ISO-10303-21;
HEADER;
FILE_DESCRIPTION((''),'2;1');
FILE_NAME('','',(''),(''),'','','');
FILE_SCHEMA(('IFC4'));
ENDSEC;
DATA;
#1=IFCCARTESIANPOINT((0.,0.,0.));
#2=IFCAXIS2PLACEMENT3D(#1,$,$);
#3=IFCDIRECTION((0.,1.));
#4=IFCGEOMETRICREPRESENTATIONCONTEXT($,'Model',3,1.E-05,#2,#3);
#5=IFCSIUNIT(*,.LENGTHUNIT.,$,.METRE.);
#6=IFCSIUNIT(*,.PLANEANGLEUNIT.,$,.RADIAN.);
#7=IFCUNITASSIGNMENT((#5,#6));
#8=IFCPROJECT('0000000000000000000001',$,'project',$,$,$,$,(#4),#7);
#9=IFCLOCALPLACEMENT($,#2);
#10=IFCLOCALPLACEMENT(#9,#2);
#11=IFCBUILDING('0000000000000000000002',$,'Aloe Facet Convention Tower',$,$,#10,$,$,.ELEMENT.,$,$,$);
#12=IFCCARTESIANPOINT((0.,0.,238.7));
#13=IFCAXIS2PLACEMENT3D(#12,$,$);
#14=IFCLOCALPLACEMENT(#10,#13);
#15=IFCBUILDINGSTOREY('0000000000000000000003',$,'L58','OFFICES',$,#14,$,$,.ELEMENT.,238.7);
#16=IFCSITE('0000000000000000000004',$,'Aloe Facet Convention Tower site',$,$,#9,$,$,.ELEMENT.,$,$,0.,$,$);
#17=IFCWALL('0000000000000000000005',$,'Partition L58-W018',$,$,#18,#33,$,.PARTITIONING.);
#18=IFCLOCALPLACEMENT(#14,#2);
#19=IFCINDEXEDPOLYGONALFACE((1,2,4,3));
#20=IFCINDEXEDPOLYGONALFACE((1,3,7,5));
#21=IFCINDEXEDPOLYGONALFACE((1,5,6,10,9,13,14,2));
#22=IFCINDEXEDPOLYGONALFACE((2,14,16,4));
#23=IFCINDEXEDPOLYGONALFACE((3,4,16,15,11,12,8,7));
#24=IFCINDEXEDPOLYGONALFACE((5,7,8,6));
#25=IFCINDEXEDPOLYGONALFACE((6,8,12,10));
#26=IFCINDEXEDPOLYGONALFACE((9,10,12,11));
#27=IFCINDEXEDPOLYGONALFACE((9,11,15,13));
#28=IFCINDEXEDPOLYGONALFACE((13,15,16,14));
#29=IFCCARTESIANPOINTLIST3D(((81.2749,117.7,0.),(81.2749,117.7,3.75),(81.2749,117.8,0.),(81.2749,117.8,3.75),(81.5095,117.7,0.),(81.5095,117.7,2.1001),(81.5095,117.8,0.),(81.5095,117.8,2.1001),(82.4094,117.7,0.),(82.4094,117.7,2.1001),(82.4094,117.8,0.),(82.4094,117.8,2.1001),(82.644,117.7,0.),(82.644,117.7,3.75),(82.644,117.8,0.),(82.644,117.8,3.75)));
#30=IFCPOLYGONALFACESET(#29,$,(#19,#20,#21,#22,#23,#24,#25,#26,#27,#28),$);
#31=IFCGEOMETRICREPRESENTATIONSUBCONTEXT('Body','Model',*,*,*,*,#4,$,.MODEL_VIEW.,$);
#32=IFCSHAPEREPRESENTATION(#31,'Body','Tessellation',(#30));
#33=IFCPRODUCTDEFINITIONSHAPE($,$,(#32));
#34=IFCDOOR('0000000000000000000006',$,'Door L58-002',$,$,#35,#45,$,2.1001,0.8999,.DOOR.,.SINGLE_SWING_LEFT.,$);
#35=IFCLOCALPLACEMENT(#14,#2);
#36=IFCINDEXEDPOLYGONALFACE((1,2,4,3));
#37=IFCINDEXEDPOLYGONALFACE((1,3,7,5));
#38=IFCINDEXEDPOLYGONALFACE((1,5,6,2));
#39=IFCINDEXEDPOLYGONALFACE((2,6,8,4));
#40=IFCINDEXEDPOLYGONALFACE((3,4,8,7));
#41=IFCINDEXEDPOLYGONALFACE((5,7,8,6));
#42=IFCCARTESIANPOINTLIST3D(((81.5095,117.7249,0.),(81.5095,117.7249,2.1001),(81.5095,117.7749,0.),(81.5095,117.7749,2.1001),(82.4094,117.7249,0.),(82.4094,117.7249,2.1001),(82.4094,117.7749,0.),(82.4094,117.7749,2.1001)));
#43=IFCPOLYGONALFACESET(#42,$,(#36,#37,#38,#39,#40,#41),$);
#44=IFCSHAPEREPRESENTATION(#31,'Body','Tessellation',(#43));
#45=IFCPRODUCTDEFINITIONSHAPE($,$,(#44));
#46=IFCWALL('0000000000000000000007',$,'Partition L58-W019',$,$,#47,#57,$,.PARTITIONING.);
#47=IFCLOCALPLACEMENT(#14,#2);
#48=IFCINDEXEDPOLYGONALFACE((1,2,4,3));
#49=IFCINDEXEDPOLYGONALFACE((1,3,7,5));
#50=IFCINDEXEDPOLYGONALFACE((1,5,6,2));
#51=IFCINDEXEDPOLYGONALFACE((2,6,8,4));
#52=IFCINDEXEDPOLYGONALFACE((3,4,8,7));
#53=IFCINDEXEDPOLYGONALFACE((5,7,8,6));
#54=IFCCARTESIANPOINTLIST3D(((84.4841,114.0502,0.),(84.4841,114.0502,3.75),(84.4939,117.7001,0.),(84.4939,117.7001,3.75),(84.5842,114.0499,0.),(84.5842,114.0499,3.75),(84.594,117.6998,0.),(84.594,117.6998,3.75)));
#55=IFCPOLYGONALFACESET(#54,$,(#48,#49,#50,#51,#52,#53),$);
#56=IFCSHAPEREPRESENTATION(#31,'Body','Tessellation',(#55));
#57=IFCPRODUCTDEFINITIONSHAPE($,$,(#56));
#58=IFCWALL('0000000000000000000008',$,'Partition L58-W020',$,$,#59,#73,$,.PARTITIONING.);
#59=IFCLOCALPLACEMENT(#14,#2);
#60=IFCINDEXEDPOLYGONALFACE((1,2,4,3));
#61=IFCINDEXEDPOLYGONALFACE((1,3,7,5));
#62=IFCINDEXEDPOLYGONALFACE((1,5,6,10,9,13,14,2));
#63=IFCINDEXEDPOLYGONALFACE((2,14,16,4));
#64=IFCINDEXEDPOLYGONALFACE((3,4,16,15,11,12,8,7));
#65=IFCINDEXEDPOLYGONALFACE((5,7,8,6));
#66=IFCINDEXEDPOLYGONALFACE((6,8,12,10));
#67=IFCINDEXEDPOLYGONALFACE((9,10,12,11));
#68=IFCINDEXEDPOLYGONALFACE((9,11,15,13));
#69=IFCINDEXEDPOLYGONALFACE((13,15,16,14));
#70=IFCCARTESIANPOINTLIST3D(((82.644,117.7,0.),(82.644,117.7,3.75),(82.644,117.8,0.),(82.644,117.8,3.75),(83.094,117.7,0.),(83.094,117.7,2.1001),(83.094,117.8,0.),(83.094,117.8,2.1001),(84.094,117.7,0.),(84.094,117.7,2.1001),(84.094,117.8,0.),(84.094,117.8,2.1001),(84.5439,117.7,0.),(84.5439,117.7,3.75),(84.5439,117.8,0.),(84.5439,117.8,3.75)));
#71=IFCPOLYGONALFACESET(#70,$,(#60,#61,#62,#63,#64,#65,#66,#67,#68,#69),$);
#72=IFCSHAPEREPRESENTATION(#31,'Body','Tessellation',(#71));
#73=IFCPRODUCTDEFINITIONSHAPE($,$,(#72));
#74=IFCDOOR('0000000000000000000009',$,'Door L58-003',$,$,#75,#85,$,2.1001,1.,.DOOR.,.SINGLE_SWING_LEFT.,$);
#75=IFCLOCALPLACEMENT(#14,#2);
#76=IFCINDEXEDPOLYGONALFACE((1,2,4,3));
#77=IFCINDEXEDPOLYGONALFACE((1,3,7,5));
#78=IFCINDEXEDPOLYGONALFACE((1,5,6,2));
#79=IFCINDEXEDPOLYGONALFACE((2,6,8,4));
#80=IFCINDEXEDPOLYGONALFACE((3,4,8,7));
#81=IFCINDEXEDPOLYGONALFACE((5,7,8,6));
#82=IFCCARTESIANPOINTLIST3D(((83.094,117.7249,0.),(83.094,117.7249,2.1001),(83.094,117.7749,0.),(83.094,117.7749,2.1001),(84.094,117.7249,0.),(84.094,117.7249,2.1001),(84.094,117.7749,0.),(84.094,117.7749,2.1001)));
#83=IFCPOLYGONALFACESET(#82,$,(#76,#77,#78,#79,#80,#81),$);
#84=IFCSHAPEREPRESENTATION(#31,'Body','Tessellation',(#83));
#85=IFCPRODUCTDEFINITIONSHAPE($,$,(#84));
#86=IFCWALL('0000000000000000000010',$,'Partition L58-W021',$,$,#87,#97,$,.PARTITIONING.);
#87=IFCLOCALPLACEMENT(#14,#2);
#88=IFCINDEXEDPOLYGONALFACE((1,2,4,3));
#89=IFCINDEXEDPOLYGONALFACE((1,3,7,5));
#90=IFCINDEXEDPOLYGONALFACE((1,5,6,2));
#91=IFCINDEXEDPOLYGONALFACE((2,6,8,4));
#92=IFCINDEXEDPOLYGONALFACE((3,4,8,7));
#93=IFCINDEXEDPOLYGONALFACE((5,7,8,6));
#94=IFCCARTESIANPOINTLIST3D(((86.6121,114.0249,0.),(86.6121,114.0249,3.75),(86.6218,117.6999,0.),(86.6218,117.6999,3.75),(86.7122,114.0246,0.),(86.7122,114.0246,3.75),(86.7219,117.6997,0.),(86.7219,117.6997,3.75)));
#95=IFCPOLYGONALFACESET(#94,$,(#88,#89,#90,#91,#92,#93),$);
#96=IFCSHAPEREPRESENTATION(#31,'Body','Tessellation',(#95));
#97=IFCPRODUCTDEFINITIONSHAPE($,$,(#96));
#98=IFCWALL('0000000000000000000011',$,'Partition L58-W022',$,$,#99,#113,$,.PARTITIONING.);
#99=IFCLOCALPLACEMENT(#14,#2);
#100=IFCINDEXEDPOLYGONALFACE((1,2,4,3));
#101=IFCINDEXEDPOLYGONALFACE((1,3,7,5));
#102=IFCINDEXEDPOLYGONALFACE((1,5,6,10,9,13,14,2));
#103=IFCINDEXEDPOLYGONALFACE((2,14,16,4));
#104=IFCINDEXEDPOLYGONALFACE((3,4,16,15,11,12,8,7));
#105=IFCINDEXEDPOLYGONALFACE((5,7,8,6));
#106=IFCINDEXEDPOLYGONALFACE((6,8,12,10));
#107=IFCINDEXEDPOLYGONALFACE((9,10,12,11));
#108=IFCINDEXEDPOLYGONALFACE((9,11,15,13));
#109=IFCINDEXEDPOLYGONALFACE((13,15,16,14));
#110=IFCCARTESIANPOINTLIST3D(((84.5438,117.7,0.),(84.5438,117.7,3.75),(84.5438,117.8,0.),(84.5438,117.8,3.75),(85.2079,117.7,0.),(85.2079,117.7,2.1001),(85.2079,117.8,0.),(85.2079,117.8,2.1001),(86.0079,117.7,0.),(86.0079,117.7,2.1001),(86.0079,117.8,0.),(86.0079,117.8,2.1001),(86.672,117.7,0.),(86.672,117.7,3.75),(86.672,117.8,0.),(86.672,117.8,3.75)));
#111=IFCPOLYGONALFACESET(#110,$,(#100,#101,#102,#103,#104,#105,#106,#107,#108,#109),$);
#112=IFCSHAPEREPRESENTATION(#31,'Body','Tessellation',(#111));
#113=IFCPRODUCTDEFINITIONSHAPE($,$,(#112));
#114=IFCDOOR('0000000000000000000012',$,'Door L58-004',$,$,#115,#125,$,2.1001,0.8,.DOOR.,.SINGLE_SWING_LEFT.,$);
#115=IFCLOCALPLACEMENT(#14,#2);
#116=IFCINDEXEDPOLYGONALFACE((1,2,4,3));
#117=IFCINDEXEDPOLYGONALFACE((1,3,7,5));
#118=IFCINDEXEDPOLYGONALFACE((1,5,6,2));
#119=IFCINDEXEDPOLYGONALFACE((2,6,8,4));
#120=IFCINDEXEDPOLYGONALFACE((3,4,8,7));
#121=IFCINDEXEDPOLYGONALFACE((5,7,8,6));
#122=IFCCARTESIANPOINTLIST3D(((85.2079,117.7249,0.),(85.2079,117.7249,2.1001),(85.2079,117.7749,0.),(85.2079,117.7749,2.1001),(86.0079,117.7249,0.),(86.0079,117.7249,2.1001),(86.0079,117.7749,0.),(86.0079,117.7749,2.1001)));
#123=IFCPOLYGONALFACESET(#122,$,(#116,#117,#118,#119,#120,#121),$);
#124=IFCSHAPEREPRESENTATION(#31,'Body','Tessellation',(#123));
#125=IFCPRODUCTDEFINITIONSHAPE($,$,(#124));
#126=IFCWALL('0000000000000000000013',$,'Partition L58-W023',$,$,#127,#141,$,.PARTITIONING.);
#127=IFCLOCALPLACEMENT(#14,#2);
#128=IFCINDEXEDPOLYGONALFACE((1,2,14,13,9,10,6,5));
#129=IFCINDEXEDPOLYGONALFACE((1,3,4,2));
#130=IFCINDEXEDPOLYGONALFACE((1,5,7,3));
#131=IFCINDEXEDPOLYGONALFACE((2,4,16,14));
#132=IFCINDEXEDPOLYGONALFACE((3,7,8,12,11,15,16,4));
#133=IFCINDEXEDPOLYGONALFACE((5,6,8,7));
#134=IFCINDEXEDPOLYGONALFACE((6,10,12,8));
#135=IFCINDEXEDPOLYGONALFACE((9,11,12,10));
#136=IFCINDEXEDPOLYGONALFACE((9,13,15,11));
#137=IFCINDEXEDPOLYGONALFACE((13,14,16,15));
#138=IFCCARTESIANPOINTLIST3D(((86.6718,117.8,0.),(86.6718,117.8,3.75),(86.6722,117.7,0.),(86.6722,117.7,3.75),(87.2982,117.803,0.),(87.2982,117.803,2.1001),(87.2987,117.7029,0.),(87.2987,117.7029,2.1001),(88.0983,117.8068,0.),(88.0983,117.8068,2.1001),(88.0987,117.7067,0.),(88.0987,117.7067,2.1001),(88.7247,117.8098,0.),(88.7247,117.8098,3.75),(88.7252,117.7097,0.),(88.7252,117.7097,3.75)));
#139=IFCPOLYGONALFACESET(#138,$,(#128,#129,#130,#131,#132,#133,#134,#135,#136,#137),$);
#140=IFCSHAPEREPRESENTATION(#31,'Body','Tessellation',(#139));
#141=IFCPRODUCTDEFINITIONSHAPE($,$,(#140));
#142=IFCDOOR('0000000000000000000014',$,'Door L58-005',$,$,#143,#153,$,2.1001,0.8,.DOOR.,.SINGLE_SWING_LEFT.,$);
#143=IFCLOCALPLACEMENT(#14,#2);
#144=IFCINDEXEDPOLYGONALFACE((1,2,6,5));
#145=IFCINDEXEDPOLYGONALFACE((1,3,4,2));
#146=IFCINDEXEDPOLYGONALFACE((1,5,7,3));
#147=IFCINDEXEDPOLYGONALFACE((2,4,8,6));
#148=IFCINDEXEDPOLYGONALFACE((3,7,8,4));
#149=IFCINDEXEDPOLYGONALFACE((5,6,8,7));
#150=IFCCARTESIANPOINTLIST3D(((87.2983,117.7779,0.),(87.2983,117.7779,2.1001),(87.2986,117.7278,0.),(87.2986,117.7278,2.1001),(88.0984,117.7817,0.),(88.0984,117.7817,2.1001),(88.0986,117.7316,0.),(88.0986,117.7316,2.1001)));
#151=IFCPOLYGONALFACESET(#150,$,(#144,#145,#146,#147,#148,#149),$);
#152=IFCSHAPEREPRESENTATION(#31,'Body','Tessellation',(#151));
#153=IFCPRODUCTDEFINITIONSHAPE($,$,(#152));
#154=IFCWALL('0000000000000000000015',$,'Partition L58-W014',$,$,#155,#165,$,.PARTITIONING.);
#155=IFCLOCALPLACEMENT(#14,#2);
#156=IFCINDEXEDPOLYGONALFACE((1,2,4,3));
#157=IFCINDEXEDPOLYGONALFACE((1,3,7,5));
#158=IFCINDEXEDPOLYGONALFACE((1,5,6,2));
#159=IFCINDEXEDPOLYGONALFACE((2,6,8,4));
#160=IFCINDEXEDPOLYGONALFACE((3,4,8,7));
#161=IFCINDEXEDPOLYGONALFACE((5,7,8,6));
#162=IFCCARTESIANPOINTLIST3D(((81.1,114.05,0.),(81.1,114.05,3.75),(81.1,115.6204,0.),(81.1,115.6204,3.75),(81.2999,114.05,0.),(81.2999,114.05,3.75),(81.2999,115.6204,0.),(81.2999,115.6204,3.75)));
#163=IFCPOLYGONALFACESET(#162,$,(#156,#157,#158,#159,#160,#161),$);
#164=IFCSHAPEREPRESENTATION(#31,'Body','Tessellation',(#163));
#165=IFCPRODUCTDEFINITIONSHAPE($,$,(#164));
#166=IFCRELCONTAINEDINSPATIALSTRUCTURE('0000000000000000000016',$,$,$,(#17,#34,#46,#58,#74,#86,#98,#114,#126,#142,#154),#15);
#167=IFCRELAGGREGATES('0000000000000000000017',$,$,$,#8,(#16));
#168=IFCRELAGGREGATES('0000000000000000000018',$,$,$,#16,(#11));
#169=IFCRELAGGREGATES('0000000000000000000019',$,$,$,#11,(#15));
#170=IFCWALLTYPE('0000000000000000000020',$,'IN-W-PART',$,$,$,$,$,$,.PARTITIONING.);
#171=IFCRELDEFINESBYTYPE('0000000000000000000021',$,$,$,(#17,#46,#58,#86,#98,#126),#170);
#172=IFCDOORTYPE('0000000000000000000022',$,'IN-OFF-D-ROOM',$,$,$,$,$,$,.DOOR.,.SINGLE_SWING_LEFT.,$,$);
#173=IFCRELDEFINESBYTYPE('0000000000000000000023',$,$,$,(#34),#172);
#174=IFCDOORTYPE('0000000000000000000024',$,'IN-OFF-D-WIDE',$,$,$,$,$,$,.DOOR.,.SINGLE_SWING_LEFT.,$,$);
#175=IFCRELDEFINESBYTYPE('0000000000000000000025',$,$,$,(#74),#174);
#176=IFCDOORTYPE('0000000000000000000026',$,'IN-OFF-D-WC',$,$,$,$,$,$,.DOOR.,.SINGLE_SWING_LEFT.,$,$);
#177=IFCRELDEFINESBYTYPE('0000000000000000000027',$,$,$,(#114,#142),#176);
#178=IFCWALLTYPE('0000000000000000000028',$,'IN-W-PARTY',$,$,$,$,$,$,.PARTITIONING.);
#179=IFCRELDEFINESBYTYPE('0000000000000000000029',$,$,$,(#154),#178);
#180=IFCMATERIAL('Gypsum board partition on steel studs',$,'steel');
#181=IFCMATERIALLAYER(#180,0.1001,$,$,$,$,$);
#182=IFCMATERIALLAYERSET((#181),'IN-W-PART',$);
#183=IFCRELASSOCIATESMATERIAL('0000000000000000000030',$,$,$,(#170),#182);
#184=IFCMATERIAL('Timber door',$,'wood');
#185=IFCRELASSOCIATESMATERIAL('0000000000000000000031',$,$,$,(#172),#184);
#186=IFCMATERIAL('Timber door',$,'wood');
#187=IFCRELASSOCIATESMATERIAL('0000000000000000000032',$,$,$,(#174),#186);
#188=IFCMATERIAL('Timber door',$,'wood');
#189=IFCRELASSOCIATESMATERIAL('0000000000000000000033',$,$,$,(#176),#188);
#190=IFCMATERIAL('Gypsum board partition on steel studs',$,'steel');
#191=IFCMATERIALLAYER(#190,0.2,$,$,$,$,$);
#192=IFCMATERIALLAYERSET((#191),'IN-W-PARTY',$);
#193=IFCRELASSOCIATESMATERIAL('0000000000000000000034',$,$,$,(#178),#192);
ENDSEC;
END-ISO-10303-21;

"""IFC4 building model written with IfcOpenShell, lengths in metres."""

from ifc_helpers import new_model, si_unit, direction, frame, frame_2d, origin, place, context, subcontext, project, spatial, rectangle, extrude, material, layer, layer_set, type_object, element, fill, save


model = new_model("IFC4")

# Units and contexts
model_context = context("Model", 3, precision=1e-05, world=origin(), true_north=direction((0.0, 1.0)))
body_context = subcontext(model_context, "Body", "Model", "MODEL_VIEW")
ifc_project = project(units=[si_unit("LENGTHUNIT", "METRE"), si_unit("PLANEANGLEUNIT", "RADIAN")], contexts=[model_context])

# Site, building, storey
site_placement = place(None, origin())
site = spatial("IfcSite", under=ifc_project, at=site_placement, Name="Aloe Facet Convention Tower site", CompositionType="ELEMENT", RefElevation=0.0)
building_placement = place(site_placement, origin())
building = spatial("IfcBuilding", under=site, at=building_placement, Name="Aloe Facet Convention Tower", CompositionType="ELEMENT")
storey_placement = place(building_placement, frame((0.0, 0.0, 238.7)))
storey = spatial("IfcBuildingStorey", under=building, at=storey_placement, Name="L58", Description="OFFICES", CompositionType="ELEMENT", Elevation=238.7)

# Shared definitions
ifc_material_1 = material(Name="Gypsum board partition on steel studs", Category="steel")
ifc_layer_1 = layer(ifc_material_1, 0.1001)
ifc_layer_set_1 = layer_set([ifc_layer_1], Name="IN-W-PART")
wall_type_1 = type_object("IfcWallType", Name="IN-W-PART", PredefinedType="PARTITIONING", material=ifc_layer_set_1)

# Wall, opening, door
wall_1_placement = place(storey_placement, frame((81.2749, 117.75, 0.0), z_axis=(0.0, 0.0, 1.0), x_axis=(1.0, 0.0, 0.0)))
wall_1 = element("IfcWall", 1, at=wall_1_placement, inside=storey, type_object=wall_type_1, Name="Partition L58-W018", PredefinedType="PARTITIONING", context=body_context, shape_type="SweptSolid", body=[
    extrude(rectangle(XDim=1.3691, YDim=0.1001, at=frame_2d((0.6846, 0.0))), origin(), (0.0, 0.0, 1.0), 3.75),
])
opening_1_placement = place(wall_1_placement, frame((0.2346, 0.0, 0.0)))
opening_1 = element("IfcOpeningElement", 2, at=opening_1_placement, cuts=wall_1, PredefinedType="OPENING", context=body_context, shape_type="SweptSolid", body=[
    extrude(rectangle(XDim=0.8999, YDim=2.1001, at=frame_2d((0.45, 1.05))), frame((0.0, 0.0601, 0.0), z_axis=(0.0, -1.0, 0.0), x_axis=(1.0, 0.0, 0.0)), (0.0, 0.0, 1.0), 0.1201),
])
ifc_material_2 = material(Name="Timber door", Category="wood")
door_type_1 = type_object("IfcDoorType", Name="IN-OFF-D-ROOM", OperationType="SINGLE_SWING_LEFT", PredefinedType="DOOR", material=ifc_material_2)
door_1_placement = place(opening_1_placement, origin())
door_1 = element("IfcDoor", 3, at=door_1_placement, inside=storey, type_object=door_type_1, Name="Door L58-002", OperationType="SINGLE_SWING_LEFT", OverallHeight=2.1001, OverallWidth=0.8999, PredefinedType="DOOR", context=body_context, shape_type="SweptSolid", body=[
    extrude(rectangle(XDim=0.8999, YDim=2.1001, at=frame_2d((0.45, 1.05))), frame((0.0, 0.0249, 0.0), z_axis=(0.0, -1.0, 0.0), x_axis=(1.0, 0.0, 0.0)), (0.0, 0.0, 1.0), 0.05),
])
fill(opening_1, door_1)

# Wall
wall_2_placement = place(storey_placement, frame((84.5342, 114.05, 0.0), z_axis=(0.0, 0.0, 1.0), x_axis=(0.002676, 0.999996, 0.0)))
element("IfcWall", 4, at=wall_2_placement, inside=storey, type_object=wall_type_1, Name="Partition L58-W019", PredefinedType="PARTITIONING", context=body_context, shape_type="SweptSolid", body=[
    extrude(rectangle(XDim=3.6499, YDim=0.1001, at=frame_2d((1.825, 0.0))), origin(), (0.0, 0.0, 1.0), 3.75),
])

# Wall, opening, door
wall_3_placement = place(storey_placement, frame((82.644, 117.75, 0.0), z_axis=(0.0, 0.0, 1.0), x_axis=(1.0, 0.0, 0.0)))
wall_3 = element("IfcWall", 5, at=wall_3_placement, inside=storey, type_object=wall_type_1, Name="Partition L58-W020", PredefinedType="PARTITIONING", context=body_context, shape_type="SweptSolid", body=[
    extrude(rectangle(XDim=1.8999, YDim=0.1001, at=frame_2d((0.95, 0.0))), origin(), (0.0, 0.0, 1.0), 3.75),
])
opening_2_placement = place(wall_3_placement, frame((0.45, 0.0, 0.0)))
opening_2 = element("IfcOpeningElement", 6, at=opening_2_placement, cuts=wall_3, PredefinedType="OPENING", context=body_context, shape_type="SweptSolid", body=[
    extrude(rectangle(XDim=1.0, YDim=2.1001, at=frame_2d((0.5, 1.05))), frame((0.0, 0.0601, 0.0), z_axis=(0.0, -1.0, 0.0), x_axis=(1.0, 0.0, 0.0)), (0.0, 0.0, 1.0), 0.1201),
])
ifc_material_3 = material(Name="Timber door", Category="wood")
door_type_2 = type_object("IfcDoorType", Name="IN-OFF-D-WIDE", OperationType="SINGLE_SWING_LEFT", PredefinedType="DOOR", material=ifc_material_3)
door_2_placement = place(opening_2_placement, origin())
door_2 = element("IfcDoor", 7, at=door_2_placement, inside=storey, type_object=door_type_2, Name="Door L58-003", OperationType="SINGLE_SWING_LEFT", OverallHeight=2.1001, OverallWidth=1.0, PredefinedType="DOOR", context=body_context, shape_type="SweptSolid", body=[
    extrude(rectangle(XDim=1.0, YDim=2.1001, at=frame_2d((0.5, 1.05))), frame((0.0, 0.0249, 0.0), z_axis=(0.0, -1.0, 0.0), x_axis=(1.0, 0.0, 0.0)), (0.0, 0.0, 1.0), 0.05),
])
fill(opening_2, door_2)

# Wall
wall_4_placement = place(storey_placement, frame((86.6621, 114.0249, 0.0), z_axis=(0.0, 0.0, 1.0), x_axis=(0.002657, 0.999996, 0.0)))
element("IfcWall", 8, at=wall_4_placement, inside=storey, type_object=wall_type_1, Name="Partition L58-W021", PredefinedType="PARTITIONING", context=body_context, shape_type="SweptSolid", body=[
    extrude(rectangle(XDim=3.675, YDim=0.1001, at=frame_2d((1.8374, 0.0))), origin(), (0.0, 0.0, 1.0), 3.75),
])

# Walls, openings, doors
wall_5_placement = place(storey_placement, frame((84.5439, 117.75, 0.0), z_axis=(0.0, 0.0, 1.0), x_axis=(1.0, 0.0, 0.0)))
wall_5 = element("IfcWall", 9, at=wall_5_placement, inside=storey, type_object=wall_type_1, Name="Partition L58-W022", PredefinedType="PARTITIONING", context=body_context, shape_type="SweptSolid", body=[
    extrude(rectangle(XDim=2.1282, YDim=0.1001, at=frame_2d((1.064, 0.0))), origin(), (0.0, 0.0, 1.0), 3.75),
])
opening_3_placement = place(wall_5_placement, frame((0.6641, 0.0, 0.0)))
opening_3 = element("IfcOpeningElement", 10, at=opening_3_placement, cuts=wall_5, PredefinedType="OPENING", context=body_context, shape_type="SweptSolid", body=[
    extrude(rectangle(XDim=0.8, YDim=2.1001, at=frame_2d((0.3999, 1.05))), frame((0.0, 0.0601, 0.0), z_axis=(0.0, -1.0, 0.0), x_axis=(1.0, 0.0, 0.0)), (0.0, 0.0, 1.0), 0.1201),
])
ifc_material_4 = material(Name="Timber door", Category="wood")
door_type_3 = type_object("IfcDoorType", Name="IN-OFF-D-WC", OperationType="SINGLE_SWING_LEFT", PredefinedType="DOOR", material=ifc_material_4)
door_3_placement = place(opening_3_placement, origin())
door_3 = element("IfcDoor", 11, at=door_3_placement, inside=storey, type_object=door_type_3, Name="Door L58-004", OperationType="SINGLE_SWING_LEFT", OverallHeight=2.1001, OverallWidth=0.8, PredefinedType="DOOR", context=body_context, shape_type="SweptSolid", body=[
    extrude(rectangle(XDim=0.8, YDim=2.1001, at=frame_2d((0.3999, 1.05))), frame((0.0, 0.0249, 0.0), z_axis=(0.0, -1.0, 0.0), x_axis=(1.0, 0.0, 0.0)), (0.0, 0.0, 1.0), 0.05),
])
fill(opening_3, door_3)
wall_6_placement = place(storey_placement, frame((86.6721, 117.75, 0.0), z_axis=(0.0, 0.0, 1.0), x_axis=(0.999989, 0.004757, 0.0)))
wall_6 = element("IfcWall", 12, at=wall_6_placement, inside=storey, type_object=wall_type_1, Name="Partition L58-W023", PredefinedType="PARTITIONING", context=body_context, shape_type="SweptSolid", body=[
    extrude(rectangle(XDim=2.053, YDim=0.1001, at=frame_2d((1.0264, 0.0))), origin(), (0.0, 0.0, 1.0), 3.75),
])
opening_4_placement = place(wall_6_placement, frame((0.6265, 0.0, 0.0)))
opening_4 = element("IfcOpeningElement", 13, at=opening_4_placement, cuts=wall_6, PredefinedType="OPENING", context=body_context, shape_type="SweptSolid", body=[
    extrude(rectangle(XDim=0.8, YDim=2.1001, at=frame_2d((0.3999, 1.05))), frame((0.0, 0.0601, 0.0), z_axis=(0.0, -1.0, 0.0), x_axis=(1.0, 0.0, 0.0)), (0.0, 0.0, 1.0), 0.1201),
])
door_4_placement = place(opening_4_placement, origin())
door_4 = element("IfcDoor", 14, at=door_4_placement, inside=storey, type_object=door_type_3, Name="Door L58-005", OperationType="SINGLE_SWING_LEFT", OverallHeight=2.1001, OverallWidth=0.8, PredefinedType="DOOR", context=body_context, shape_type="SweptSolid", body=[
    extrude(rectangle(XDim=0.8, YDim=2.1001, at=frame_2d((0.3999, 1.05))), frame((0.0, 0.0249, 0.0), z_axis=(0.0, -1.0, 0.0), x_axis=(1.0, 0.0, 0.0)), (0.0, 0.0, 1.0), 0.05),
])
fill(opening_4, door_4)

# Wall
ifc_material_5 = material(Name="Gypsum board partition on steel studs", Category="steel")
ifc_layer_2 = layer(ifc_material_5, 0.2)
ifc_layer_set_2 = layer_set([ifc_layer_2], Name="IN-W-PARTY")
wall_type_2 = type_object("IfcWallType", Name="IN-W-PARTY", PredefinedType="PARTITIONING", material=ifc_layer_set_2)
wall_7_placement = place(storey_placement, frame((81.2, 114.05, 0.0), z_axis=(0.0, 0.0, 1.0), x_axis=(0.0, 1.0, 0.0)))
element("IfcWall", 15, at=wall_7_placement, inside=storey, type_object=wall_type_2, Name="Partition L58-W014", PredefinedType="PARTITIONING", context=body_context, shape_type="SweptSolid", body=[
    extrude(rectangle(XDim=1.5703, YDim=0.2, at=frame_2d((0.7852, 0.0))), origin(), (0.0, 0.0, 1.0), 3.75),
])

save(model, "model.ifc")
